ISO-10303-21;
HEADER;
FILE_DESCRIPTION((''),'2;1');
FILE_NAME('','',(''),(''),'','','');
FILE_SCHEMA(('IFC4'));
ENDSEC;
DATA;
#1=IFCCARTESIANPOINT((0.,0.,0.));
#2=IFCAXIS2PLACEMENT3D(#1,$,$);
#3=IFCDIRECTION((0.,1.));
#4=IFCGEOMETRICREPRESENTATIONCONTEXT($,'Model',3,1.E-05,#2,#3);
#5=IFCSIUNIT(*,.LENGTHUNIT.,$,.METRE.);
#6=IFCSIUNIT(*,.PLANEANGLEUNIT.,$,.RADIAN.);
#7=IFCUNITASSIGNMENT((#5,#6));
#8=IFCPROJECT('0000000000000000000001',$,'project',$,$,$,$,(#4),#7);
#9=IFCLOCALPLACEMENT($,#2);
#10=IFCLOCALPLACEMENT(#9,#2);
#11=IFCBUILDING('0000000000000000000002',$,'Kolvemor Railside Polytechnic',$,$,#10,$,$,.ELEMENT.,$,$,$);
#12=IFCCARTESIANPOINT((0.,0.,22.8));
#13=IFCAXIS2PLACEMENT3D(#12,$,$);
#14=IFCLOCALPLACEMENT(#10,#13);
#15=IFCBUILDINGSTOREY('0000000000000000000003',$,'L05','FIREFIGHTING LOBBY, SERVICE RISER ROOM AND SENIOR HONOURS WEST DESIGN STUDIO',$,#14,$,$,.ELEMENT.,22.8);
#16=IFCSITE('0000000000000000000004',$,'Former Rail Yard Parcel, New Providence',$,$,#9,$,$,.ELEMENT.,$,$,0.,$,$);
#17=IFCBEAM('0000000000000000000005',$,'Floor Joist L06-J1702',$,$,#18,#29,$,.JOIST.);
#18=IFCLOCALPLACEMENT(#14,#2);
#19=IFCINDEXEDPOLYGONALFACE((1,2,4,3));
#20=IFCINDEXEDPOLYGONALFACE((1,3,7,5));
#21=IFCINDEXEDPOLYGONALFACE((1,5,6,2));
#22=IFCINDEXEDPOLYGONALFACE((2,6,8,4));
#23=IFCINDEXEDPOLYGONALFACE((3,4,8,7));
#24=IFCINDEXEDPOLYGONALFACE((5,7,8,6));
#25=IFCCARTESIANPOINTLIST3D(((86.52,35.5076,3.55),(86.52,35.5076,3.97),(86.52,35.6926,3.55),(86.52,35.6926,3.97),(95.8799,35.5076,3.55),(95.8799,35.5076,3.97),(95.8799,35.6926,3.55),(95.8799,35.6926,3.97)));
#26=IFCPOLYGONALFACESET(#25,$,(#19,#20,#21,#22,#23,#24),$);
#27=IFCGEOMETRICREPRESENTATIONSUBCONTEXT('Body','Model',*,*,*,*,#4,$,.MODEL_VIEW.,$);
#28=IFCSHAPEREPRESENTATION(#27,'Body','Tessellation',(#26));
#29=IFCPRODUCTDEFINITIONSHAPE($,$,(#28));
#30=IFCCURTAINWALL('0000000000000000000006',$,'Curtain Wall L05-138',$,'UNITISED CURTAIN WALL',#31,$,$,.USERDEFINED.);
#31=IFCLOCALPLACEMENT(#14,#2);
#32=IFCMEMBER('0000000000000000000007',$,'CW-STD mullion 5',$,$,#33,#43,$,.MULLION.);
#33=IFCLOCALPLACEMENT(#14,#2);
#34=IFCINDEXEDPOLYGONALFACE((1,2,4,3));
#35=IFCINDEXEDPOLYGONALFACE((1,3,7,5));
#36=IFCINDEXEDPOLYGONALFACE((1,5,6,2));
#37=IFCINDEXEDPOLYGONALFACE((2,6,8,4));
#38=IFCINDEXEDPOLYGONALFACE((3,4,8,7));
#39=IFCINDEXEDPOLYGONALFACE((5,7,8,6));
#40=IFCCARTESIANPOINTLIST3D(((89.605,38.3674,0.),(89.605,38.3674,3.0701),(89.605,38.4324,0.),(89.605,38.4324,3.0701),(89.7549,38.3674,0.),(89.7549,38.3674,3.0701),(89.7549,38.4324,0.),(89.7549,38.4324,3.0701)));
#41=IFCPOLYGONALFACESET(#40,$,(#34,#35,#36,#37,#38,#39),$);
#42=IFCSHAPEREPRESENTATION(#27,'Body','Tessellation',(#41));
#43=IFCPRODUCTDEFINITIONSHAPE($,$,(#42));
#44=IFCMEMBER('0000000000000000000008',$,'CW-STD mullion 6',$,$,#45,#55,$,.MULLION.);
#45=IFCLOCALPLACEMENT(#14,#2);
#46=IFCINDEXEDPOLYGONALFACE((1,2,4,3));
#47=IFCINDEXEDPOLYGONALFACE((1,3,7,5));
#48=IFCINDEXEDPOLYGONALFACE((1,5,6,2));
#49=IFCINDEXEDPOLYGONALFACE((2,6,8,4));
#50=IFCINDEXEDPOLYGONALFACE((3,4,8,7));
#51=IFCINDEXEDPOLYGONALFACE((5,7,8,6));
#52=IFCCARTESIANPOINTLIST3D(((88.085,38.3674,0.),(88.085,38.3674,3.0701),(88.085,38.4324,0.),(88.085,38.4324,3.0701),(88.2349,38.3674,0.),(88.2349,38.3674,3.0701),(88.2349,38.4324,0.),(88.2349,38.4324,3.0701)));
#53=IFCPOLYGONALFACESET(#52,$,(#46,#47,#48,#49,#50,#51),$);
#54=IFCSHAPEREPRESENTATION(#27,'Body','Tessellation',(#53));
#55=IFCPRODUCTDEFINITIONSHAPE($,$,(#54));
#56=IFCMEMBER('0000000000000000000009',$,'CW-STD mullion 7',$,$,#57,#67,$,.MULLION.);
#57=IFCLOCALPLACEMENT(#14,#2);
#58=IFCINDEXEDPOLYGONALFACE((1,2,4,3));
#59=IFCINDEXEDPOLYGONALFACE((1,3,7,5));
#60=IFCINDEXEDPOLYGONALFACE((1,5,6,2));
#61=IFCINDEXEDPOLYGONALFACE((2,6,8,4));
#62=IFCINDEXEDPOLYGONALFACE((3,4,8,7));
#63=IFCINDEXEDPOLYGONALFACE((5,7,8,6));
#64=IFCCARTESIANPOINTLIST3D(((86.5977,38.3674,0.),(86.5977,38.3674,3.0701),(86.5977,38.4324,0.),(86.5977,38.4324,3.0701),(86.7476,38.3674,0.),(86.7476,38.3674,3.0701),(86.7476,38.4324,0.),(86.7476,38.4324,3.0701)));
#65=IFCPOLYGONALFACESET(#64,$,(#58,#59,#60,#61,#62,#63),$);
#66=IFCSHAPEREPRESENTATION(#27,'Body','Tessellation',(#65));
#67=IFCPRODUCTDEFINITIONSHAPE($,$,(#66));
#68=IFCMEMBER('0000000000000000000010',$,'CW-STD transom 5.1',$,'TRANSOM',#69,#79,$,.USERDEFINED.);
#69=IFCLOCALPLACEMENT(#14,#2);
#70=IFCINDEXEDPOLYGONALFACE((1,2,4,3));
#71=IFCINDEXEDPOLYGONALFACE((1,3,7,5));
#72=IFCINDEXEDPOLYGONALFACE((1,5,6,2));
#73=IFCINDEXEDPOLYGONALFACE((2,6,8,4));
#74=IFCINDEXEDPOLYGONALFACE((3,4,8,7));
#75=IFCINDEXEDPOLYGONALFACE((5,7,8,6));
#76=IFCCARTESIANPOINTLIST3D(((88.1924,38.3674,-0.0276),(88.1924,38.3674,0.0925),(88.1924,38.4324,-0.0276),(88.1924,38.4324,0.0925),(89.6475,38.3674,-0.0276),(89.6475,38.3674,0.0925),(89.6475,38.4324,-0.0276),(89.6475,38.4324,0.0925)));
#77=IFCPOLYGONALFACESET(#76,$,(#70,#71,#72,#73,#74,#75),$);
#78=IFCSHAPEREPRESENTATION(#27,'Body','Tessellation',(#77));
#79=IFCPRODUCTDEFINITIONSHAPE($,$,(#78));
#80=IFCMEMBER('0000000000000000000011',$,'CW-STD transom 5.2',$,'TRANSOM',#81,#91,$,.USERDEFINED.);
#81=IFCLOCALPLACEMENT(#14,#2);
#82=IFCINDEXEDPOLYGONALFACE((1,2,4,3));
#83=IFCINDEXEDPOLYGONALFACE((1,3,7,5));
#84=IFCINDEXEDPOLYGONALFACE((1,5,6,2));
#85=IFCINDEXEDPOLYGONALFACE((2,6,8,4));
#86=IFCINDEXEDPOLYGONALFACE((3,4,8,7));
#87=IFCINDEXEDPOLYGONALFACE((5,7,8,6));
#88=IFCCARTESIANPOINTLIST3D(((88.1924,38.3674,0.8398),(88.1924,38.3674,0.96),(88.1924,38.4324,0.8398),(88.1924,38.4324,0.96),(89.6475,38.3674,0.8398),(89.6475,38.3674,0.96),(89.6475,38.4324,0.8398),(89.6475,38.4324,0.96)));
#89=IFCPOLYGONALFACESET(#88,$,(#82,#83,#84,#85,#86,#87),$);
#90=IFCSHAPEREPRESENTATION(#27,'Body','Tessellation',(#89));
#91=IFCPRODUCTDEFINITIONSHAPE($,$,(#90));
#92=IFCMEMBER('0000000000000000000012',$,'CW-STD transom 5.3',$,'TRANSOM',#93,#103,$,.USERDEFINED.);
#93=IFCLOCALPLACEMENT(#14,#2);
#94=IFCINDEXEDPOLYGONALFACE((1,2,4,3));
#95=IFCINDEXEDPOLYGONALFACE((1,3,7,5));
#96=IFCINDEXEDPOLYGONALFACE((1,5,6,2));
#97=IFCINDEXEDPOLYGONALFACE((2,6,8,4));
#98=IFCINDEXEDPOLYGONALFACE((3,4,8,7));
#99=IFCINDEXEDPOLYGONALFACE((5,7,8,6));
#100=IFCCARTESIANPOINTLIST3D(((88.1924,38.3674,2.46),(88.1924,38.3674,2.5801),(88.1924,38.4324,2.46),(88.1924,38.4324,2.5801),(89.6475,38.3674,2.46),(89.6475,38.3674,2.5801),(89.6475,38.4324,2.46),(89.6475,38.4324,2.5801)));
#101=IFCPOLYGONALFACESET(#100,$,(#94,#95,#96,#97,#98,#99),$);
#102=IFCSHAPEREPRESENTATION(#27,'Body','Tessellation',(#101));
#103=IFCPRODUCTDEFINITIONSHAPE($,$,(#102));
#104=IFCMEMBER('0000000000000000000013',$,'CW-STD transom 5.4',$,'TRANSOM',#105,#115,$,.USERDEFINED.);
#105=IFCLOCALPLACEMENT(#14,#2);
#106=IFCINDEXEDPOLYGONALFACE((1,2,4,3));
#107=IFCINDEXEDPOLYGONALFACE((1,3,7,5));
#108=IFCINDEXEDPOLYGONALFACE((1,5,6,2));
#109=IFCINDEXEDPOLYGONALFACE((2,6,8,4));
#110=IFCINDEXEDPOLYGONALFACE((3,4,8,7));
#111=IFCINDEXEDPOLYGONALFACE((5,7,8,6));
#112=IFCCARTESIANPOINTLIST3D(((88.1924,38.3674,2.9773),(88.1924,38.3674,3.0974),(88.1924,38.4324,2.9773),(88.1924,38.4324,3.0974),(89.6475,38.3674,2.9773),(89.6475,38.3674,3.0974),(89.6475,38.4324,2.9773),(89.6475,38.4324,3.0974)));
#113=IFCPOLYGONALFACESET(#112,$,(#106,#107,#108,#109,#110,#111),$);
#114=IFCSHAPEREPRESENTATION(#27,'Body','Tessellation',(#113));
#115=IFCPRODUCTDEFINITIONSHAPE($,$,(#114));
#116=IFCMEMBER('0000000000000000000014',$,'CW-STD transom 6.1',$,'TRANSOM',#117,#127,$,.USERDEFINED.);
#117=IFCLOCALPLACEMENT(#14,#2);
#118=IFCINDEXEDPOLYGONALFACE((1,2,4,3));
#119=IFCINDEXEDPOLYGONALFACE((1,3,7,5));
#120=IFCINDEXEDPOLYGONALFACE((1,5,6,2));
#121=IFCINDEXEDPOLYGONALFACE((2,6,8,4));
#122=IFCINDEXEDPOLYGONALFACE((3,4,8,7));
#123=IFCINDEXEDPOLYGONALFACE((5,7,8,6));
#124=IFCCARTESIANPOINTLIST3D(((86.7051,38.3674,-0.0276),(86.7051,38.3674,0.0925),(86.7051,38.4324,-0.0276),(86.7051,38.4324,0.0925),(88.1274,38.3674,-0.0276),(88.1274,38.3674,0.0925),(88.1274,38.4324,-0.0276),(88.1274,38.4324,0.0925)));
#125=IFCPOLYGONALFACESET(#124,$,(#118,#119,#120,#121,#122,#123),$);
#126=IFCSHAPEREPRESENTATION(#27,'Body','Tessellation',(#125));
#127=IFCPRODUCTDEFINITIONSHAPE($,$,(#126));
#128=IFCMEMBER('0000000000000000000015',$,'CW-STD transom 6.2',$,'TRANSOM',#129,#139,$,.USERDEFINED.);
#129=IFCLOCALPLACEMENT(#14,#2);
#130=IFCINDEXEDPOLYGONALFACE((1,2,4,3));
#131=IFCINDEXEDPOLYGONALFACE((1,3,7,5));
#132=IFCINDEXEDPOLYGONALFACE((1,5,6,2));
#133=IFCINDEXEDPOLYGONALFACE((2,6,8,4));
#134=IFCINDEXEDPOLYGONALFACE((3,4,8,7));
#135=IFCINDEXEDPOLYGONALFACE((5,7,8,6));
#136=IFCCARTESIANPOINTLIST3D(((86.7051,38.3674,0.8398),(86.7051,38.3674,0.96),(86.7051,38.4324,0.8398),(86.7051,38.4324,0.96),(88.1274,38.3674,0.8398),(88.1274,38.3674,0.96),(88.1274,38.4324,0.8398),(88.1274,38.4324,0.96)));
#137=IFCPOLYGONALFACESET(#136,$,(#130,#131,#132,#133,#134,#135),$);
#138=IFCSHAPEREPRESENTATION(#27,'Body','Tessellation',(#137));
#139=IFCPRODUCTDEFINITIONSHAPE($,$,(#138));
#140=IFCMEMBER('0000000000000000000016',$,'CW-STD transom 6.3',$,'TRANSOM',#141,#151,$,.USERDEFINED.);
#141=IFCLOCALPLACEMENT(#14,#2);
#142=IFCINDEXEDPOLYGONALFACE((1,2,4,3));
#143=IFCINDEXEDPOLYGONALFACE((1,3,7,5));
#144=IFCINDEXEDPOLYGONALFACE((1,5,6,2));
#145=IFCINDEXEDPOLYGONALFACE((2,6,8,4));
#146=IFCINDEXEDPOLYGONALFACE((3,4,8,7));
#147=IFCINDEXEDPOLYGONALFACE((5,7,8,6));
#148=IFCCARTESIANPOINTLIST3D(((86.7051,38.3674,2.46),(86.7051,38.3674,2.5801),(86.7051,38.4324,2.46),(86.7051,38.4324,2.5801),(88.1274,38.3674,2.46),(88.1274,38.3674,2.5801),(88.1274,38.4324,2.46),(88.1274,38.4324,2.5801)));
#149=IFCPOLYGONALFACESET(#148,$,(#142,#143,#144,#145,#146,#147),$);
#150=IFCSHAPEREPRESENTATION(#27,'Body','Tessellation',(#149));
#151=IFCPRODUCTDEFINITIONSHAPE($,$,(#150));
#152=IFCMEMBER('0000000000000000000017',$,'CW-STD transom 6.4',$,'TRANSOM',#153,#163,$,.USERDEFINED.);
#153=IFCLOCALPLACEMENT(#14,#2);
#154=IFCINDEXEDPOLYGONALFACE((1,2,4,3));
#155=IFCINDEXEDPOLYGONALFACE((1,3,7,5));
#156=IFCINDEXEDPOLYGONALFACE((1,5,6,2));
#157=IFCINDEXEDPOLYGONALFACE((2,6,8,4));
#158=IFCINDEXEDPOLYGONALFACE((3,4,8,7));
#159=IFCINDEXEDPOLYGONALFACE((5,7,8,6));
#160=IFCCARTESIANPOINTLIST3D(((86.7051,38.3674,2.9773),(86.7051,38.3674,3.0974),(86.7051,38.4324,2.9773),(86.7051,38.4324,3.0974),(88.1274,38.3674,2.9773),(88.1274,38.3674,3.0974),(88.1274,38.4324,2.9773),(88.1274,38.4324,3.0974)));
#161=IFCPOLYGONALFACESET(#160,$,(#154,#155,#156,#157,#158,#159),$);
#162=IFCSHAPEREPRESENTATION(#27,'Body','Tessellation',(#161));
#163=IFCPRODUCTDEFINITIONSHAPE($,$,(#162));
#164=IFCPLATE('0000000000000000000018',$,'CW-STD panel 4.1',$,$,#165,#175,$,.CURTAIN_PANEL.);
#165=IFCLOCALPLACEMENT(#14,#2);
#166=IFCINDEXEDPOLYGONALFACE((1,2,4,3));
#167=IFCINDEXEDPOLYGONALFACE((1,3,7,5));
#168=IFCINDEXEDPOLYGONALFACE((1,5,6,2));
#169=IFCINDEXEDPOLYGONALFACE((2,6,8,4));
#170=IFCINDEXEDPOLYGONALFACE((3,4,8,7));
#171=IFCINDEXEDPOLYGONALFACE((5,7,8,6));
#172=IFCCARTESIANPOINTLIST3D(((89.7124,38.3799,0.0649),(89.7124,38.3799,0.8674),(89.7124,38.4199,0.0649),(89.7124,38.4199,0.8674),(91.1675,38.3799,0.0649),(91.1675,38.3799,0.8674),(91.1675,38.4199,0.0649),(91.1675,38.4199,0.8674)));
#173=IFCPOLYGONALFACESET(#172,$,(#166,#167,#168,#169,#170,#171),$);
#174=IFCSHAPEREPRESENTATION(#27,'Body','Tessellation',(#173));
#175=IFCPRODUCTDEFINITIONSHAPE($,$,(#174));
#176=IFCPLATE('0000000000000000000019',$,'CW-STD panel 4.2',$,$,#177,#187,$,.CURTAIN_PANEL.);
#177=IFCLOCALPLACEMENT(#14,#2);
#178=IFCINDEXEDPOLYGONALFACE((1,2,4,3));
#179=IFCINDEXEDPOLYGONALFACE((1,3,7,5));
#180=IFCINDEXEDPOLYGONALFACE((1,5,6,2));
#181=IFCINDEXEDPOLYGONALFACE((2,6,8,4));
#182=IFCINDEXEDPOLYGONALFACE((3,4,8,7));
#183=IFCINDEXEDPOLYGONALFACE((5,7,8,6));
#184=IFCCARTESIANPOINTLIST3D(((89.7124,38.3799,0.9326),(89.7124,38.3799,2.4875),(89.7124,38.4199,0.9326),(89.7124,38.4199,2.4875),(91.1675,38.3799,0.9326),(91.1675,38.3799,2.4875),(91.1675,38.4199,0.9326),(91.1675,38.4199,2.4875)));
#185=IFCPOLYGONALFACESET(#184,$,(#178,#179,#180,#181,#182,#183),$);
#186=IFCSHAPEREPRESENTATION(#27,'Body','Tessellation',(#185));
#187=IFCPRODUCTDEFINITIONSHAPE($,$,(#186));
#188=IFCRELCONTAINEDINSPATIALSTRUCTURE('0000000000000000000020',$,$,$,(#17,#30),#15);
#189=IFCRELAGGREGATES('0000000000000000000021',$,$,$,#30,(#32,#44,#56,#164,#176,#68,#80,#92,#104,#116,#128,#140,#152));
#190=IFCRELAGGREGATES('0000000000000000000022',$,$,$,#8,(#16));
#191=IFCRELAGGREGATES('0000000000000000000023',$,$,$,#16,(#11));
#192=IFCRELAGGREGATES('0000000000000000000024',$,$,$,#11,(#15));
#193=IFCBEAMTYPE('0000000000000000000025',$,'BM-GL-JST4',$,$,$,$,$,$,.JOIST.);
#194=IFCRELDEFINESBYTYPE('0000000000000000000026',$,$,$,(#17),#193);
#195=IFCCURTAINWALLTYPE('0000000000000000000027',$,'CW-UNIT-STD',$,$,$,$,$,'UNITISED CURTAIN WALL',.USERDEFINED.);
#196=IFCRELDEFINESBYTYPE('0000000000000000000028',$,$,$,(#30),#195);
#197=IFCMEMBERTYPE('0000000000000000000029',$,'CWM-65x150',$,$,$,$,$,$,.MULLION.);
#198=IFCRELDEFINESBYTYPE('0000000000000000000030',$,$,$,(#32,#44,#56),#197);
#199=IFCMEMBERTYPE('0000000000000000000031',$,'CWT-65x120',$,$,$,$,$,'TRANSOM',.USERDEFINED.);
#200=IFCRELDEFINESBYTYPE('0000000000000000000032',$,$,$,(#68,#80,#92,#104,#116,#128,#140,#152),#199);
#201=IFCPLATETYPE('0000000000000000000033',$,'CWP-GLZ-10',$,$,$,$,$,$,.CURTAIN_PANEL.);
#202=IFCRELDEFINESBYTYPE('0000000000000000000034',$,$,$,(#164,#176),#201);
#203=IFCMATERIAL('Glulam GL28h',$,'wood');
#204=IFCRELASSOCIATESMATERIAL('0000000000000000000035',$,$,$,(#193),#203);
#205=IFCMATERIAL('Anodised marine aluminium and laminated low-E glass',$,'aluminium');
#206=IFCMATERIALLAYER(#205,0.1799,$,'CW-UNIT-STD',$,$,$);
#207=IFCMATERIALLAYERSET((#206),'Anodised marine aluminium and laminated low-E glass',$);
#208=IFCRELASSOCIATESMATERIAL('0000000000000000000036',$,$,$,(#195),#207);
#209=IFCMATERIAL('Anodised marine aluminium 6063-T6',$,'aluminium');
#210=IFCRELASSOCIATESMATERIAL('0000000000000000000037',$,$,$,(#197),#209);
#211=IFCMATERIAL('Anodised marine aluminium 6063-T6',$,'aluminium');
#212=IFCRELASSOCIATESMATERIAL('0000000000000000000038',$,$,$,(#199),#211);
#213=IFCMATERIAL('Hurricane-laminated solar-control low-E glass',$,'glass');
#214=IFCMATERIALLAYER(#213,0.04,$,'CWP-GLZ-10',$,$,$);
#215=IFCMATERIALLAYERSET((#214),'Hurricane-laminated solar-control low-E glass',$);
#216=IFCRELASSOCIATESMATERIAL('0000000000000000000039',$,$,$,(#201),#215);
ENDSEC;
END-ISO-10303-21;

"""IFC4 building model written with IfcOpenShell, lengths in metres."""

from ifc_helpers import new_model, si_unit, direction, frame, origin, origin_2d, place, context, subcontext, project, spatial, rectangle, extrude, material, layer, layer_set, material_profile, profile_set, type_object, element, aggregate, save


model = new_model("IFC4")

# Units and contexts
model_context = context("Model", 3, precision=1e-05, world=origin(), true_north=direction((0.0, 1.0)))
body_context = subcontext(model_context, "Body", "Model", "MODEL_VIEW")
ifc_project = project(units=[si_unit("LENGTHUNIT", "METRE"), si_unit("PLANEANGLEUNIT", "RADIAN")], contexts=[model_context])

# Site, building, storey
site_placement = place(None, origin())
site = spatial("IfcSite", under=ifc_project, at=site_placement, Name="Former Rail Yard Parcel, New Providence", CompositionType="ELEMENT", RefElevation=0.0)
building_placement = place(site_placement, origin())
building = spatial("IfcBuilding", under=site, at=building_placement, Name="Kolvemor Railside Polytechnic", CompositionType="ELEMENT")
storey_placement = place(building_placement, frame((0.0, 0.0, 22.8)))
storey = spatial("IfcBuildingStorey", under=building, at=storey_placement, Name="L05", Description="FIREFIGHTING LOBBY, SERVICE RISER ROOM AND SENIOR HONOURS WEST DESIGN STUDIO", CompositionType="ELEMENT", Elevation=22.8)

# Beam
ifc_material_1 = material(Name="Glulam GL28h", Category="wood")
ifc_material_profile_1 = material_profile(ifc_material_1, rectangle(XDim=0.1851, YDim=0.4199, at=origin_2d()), Name="GL185x420")
ifc_profile_set_1 = profile_set([ifc_material_profile_1], Name="Glulam GL28h")
beam_type = type_object("IfcBeamType", Name="BM-GL-JST4", PredefinedType="JOIST", material=ifc_profile_set_1)
beam_placement = place(storey_placement, frame((86.52, 35.6001, 3.76), z_axis=(1.0, 0.0, 0.0), x_axis=(0.0, 1.0, 0.0)))
element("IfcBeam", 1, at=beam_placement, inside=storey, type_object=beam_type, Name="Floor Joist L06-J1702", PredefinedType="JOIST", context=body_context, shape_type="SweptSolid", body=[
    extrude(rectangle(XDim=0.1851, YDim=0.4199, at=origin_2d()), origin(), (0.0, 0.0, 1.0), 9.3599),
])

# Curtain wall, members, plates
ifc_material_2 = material(Name="Anodised marine aluminium and laminated low-E glass", Category="aluminium")
ifc_layer_1 = layer(ifc_material_2, 0.1799, Name="CW-UNIT-STD")
ifc_layer_set_1 = layer_set([ifc_layer_1], Name="Anodised marine aluminium and laminated low-E glass")
curtain_wall_type = type_object("IfcCurtainWallType", Name="CW-UNIT-STD", ElementType="UNITISED CURTAIN WALL", PredefinedType="USERDEFINED", material=ifc_layer_set_1)
curtain_wall_placement = place(storey_placement, origin())
curtain_wall = element("IfcCurtainWall", 2, at=curtain_wall_placement, inside=storey, type_object=curtain_wall_type, Name="Curtain Wall L05-138", ObjectType="UNITISED CURTAIN WALL", PredefinedType="USERDEFINED")
ifc_material_3 = material(Name="Anodised marine aluminium 6063-T6", Category="aluminium")
ifc_material_profile_2 = material_profile(ifc_material_3, rectangle(XDim=0.0649, YDim=0.1499, at=origin_2d()), Name="CW-MUL-65x150")
ifc_profile_set_2 = profile_set([ifc_material_profile_2], Name="Anodised marine aluminium 6063-T6")
member_type_1 = type_object("IfcMemberType", Name="CWM-65x150", PredefinedType="MULLION", material=ifc_profile_set_2)
member_1_placement = place(storey_placement, frame((89.6799, 38.3999, 0.0), z_axis=(0.0, 0.0, 1.0), x_axis=(0.0, -1.0, 0.0)))
member_1 = element("IfcMember", 3, at=member_1_placement, type_object=member_type_1, Name="CW-STD mullion 5", PredefinedType="MULLION", context=body_context, shape_type="SweptSolid", body=[
    extrude(rectangle(XDim=0.0649, YDim=0.1499, at=origin_2d()), origin(), (0.0, 0.0, 1.0), 3.0701),
])
member_2_placement = place(storey_placement, frame((88.1599, 38.3999, 0.0), z_axis=(0.0, 0.0, 1.0), x_axis=(0.0, -1.0, 0.0)))
member_2 = element("IfcMember", 4, at=member_2_placement, type_object=member_type_1, Name="CW-STD mullion 6", PredefinedType="MULLION", context=body_context, shape_type="SweptSolid", body=[
    extrude(rectangle(XDim=0.0649, YDim=0.1499, at=origin_2d()), origin(), (0.0, 0.0, 1.0), 3.0701),
])
member_3_placement = place(storey_placement, frame((86.6726, 38.3999, 0.0), z_axis=(0.0, 0.0, 1.0), x_axis=(0.0, -1.0, 0.0)))
member_3 = element("IfcMember", 5, at=member_3_placement, type_object=member_type_1, Name="CW-STD mullion 7", PredefinedType="MULLION", context=body_context, shape_type="SweptSolid", body=[
    extrude(rectangle(XDim=0.0649, YDim=0.1499, at=origin_2d()), origin(), (0.0, 0.0, 1.0), 3.0701),
])
ifc_material_4 = material(Name="Anodised marine aluminium 6063-T6", Category="aluminium")
ifc_material_profile_3 = material_profile(ifc_material_4, rectangle(XDim=0.0649, YDim=0.1201, at=origin_2d()), Name="CW-TRN-65x120")
ifc_profile_set_3 = profile_set([ifc_material_profile_3], Name="Anodised marine aluminium 6063-T6")
member_type_2 = type_object("IfcMemberType", Name="CWT-65x120", ElementType="TRANSOM", PredefinedType="USERDEFINED", material=ifc_profile_set_3)
member_4_placement = place(storey_placement, frame((89.6475, 38.3999, 0.0325), z_axis=(-1.0, 0.0, 0.0), x_axis=(0.0, -1.0, 0.0)))
member_4 = element("IfcMember", 6, at=member_4_placement, type_object=member_type_2, Name="CW-STD transom 5.1", ObjectType="TRANSOM", PredefinedType="USERDEFINED", context=body_context, shape_type="SweptSolid", body=[
    extrude(rectangle(XDim=0.0649, YDim=0.1201, at=origin_2d()), origin(), (0.0, 0.0, 1.0), 1.4551),
])
member_5_placement = place(storey_placement, frame((89.6475, 38.3999, 0.8999), z_axis=(-1.0, 0.0, 0.0), x_axis=(0.0, -1.0, 0.0)))
member_5 = element("IfcMember", 7, at=member_5_placement, type_object=member_type_2, Name="CW-STD transom 5.2", ObjectType="TRANSOM", PredefinedType="USERDEFINED", context=body_context, shape_type="SweptSolid", body=[
    extrude(rectangle(XDim=0.0649, YDim=0.1201, at=origin_2d()), origin(), (0.0, 0.0, 1.0), 1.4551),
])
member_6_placement = place(storey_placement, frame((89.6475, 38.3999, 2.52), z_axis=(-1.0, 0.0, 0.0), x_axis=(0.0, -1.0, 0.0)))
member_6 = element("IfcMember", 8, at=member_6_placement, type_object=member_type_2, Name="CW-STD transom 5.3", ObjectType="TRANSOM", PredefinedType="USERDEFINED", context=body_context, shape_type="SweptSolid", body=[
    extrude(rectangle(XDim=0.0649, YDim=0.1201, at=origin_2d()), origin(), (0.0, 0.0, 1.0), 1.4551),
])
member_7_placement = place(storey_placement, frame((89.6475, 38.3999, 3.0374), z_axis=(-1.0, 0.0, 0.0), x_axis=(0.0, -1.0, 0.0)))
member_7 = element("IfcMember", 9, at=member_7_placement, type_object=member_type_2, Name="CW-STD transom 5.4", ObjectType="TRANSOM", PredefinedType="USERDEFINED", context=body_context, shape_type="SweptSolid", body=[
    extrude(rectangle(XDim=0.0649, YDim=0.1201, at=origin_2d()), origin(), (0.0, 0.0, 1.0), 1.4551),
])
member_8_placement = place(storey_placement, frame((88.1274, 38.3999, 0.0325), z_axis=(-1.0, 0.0, 0.0), x_axis=(0.0, -1.0, 0.0)))
member_8 = element("IfcMember", 10, at=member_8_placement, type_object=member_type_2, Name="CW-STD transom 6.1", ObjectType="TRANSOM", PredefinedType="USERDEFINED", context=body_context, shape_type="SweptSolid", body=[
    extrude(rectangle(XDim=0.0649, YDim=0.1201, at=origin_2d()), origin(), (0.0, 0.0, 1.0), 1.4224),
])
member_9_placement = place(storey_placement, frame((88.1274, 38.3999, 0.8999), z_axis=(-1.0, 0.0, 0.0), x_axis=(0.0, -1.0, 0.0)))
member_9 = element("IfcMember", 11, at=member_9_placement, type_object=member_type_2, Name="CW-STD transom 6.2", ObjectType="TRANSOM", PredefinedType="USERDEFINED", context=body_context, shape_type="SweptSolid", body=[
    extrude(rectangle(XDim=0.0649, YDim=0.1201, at=origin_2d()), origin(), (0.0, 0.0, 1.0), 1.4224),
])
member_10_placement = place(storey_placement, frame((88.1274, 38.3999, 2.52), z_axis=(-1.0, 0.0, 0.0), x_axis=(0.0, -1.0, 0.0)))
member_10 = element("IfcMember", 12, at=member_10_placement, type_object=member_type_2, Name="CW-STD transom 6.3", ObjectType="TRANSOM", PredefinedType="USERDEFINED", context=body_context, shape_type="SweptSolid", body=[
    extrude(rectangle(XDim=0.0649, YDim=0.1201, at=origin_2d()), origin(), (0.0, 0.0, 1.0), 1.4224),
])
member_11_placement = place(storey_placement, frame((88.1274, 38.3999, 3.0374), z_axis=(-1.0, 0.0, 0.0), x_axis=(0.0, -1.0, 0.0)))
member_11 = element("IfcMember", 13, at=member_11_placement, type_object=member_type_2, Name="CW-STD transom 6.4", ObjectType="TRANSOM", PredefinedType="USERDEFINED", context=body_context, shape_type="SweptSolid", body=[
    extrude(rectangle(XDim=0.0649, YDim=0.1201, at=origin_2d()), origin(), (0.0, 0.0, 1.0), 1.4224),
])
ifc_material_5 = material(Name="Hurricane-laminated solar-control low-E glass", Category="glass")
ifc_layer_2 = layer(ifc_material_5, 0.04, Name="CWP-GLZ-10")
ifc_layer_set_2 = layer_set([ifc_layer_2], Name="Hurricane-laminated solar-control low-E glass")
plate_type = type_object("IfcPlateType", Name="CWP-GLZ-10", PredefinedType="CURTAIN_PANEL", material=ifc_layer_set_2)
plate_1_placement = place(storey_placement, frame((90.4399, 38.3999, 0.0649), z_axis=(0.0, 0.0, 1.0), x_axis=(-1.0, 0.0, 0.0)))
plate_1 = element("IfcPlate", 14, at=plate_1_placement, type_object=plate_type, Name="CW-STD panel 4.1", PredefinedType="CURTAIN_PANEL", context=body_context, shape_type="SweptSolid", body=[
    extrude(rectangle(XDim=1.4551, YDim=0.04, at=origin_2d()), origin(), (0.0, 0.0, 1.0), 0.8025),
])
plate_2_placement = place(storey_placement, frame((90.4399, 38.3999, 0.9326), z_axis=(0.0, 0.0, 1.0), x_axis=(-1.0, 0.0, 0.0)))
plate_2 = element("IfcPlate", 15, at=plate_2_placement, type_object=plate_type, Name="CW-STD panel 4.2", PredefinedType="CURTAIN_PANEL", context=body_context, shape_type="SweptSolid", body=[
    extrude(rectangle(XDim=1.4551, YDim=0.04, at=origin_2d()), origin(), (0.0, 0.0, 1.0), 1.5549),
])
aggregate(curtain_wall, [member_1, member_2, member_3, plate_1, plate_2, member_4, member_5, member_6, member_7, member_8, member_9, member_10, member_11])

save(model, "model.ifc")
